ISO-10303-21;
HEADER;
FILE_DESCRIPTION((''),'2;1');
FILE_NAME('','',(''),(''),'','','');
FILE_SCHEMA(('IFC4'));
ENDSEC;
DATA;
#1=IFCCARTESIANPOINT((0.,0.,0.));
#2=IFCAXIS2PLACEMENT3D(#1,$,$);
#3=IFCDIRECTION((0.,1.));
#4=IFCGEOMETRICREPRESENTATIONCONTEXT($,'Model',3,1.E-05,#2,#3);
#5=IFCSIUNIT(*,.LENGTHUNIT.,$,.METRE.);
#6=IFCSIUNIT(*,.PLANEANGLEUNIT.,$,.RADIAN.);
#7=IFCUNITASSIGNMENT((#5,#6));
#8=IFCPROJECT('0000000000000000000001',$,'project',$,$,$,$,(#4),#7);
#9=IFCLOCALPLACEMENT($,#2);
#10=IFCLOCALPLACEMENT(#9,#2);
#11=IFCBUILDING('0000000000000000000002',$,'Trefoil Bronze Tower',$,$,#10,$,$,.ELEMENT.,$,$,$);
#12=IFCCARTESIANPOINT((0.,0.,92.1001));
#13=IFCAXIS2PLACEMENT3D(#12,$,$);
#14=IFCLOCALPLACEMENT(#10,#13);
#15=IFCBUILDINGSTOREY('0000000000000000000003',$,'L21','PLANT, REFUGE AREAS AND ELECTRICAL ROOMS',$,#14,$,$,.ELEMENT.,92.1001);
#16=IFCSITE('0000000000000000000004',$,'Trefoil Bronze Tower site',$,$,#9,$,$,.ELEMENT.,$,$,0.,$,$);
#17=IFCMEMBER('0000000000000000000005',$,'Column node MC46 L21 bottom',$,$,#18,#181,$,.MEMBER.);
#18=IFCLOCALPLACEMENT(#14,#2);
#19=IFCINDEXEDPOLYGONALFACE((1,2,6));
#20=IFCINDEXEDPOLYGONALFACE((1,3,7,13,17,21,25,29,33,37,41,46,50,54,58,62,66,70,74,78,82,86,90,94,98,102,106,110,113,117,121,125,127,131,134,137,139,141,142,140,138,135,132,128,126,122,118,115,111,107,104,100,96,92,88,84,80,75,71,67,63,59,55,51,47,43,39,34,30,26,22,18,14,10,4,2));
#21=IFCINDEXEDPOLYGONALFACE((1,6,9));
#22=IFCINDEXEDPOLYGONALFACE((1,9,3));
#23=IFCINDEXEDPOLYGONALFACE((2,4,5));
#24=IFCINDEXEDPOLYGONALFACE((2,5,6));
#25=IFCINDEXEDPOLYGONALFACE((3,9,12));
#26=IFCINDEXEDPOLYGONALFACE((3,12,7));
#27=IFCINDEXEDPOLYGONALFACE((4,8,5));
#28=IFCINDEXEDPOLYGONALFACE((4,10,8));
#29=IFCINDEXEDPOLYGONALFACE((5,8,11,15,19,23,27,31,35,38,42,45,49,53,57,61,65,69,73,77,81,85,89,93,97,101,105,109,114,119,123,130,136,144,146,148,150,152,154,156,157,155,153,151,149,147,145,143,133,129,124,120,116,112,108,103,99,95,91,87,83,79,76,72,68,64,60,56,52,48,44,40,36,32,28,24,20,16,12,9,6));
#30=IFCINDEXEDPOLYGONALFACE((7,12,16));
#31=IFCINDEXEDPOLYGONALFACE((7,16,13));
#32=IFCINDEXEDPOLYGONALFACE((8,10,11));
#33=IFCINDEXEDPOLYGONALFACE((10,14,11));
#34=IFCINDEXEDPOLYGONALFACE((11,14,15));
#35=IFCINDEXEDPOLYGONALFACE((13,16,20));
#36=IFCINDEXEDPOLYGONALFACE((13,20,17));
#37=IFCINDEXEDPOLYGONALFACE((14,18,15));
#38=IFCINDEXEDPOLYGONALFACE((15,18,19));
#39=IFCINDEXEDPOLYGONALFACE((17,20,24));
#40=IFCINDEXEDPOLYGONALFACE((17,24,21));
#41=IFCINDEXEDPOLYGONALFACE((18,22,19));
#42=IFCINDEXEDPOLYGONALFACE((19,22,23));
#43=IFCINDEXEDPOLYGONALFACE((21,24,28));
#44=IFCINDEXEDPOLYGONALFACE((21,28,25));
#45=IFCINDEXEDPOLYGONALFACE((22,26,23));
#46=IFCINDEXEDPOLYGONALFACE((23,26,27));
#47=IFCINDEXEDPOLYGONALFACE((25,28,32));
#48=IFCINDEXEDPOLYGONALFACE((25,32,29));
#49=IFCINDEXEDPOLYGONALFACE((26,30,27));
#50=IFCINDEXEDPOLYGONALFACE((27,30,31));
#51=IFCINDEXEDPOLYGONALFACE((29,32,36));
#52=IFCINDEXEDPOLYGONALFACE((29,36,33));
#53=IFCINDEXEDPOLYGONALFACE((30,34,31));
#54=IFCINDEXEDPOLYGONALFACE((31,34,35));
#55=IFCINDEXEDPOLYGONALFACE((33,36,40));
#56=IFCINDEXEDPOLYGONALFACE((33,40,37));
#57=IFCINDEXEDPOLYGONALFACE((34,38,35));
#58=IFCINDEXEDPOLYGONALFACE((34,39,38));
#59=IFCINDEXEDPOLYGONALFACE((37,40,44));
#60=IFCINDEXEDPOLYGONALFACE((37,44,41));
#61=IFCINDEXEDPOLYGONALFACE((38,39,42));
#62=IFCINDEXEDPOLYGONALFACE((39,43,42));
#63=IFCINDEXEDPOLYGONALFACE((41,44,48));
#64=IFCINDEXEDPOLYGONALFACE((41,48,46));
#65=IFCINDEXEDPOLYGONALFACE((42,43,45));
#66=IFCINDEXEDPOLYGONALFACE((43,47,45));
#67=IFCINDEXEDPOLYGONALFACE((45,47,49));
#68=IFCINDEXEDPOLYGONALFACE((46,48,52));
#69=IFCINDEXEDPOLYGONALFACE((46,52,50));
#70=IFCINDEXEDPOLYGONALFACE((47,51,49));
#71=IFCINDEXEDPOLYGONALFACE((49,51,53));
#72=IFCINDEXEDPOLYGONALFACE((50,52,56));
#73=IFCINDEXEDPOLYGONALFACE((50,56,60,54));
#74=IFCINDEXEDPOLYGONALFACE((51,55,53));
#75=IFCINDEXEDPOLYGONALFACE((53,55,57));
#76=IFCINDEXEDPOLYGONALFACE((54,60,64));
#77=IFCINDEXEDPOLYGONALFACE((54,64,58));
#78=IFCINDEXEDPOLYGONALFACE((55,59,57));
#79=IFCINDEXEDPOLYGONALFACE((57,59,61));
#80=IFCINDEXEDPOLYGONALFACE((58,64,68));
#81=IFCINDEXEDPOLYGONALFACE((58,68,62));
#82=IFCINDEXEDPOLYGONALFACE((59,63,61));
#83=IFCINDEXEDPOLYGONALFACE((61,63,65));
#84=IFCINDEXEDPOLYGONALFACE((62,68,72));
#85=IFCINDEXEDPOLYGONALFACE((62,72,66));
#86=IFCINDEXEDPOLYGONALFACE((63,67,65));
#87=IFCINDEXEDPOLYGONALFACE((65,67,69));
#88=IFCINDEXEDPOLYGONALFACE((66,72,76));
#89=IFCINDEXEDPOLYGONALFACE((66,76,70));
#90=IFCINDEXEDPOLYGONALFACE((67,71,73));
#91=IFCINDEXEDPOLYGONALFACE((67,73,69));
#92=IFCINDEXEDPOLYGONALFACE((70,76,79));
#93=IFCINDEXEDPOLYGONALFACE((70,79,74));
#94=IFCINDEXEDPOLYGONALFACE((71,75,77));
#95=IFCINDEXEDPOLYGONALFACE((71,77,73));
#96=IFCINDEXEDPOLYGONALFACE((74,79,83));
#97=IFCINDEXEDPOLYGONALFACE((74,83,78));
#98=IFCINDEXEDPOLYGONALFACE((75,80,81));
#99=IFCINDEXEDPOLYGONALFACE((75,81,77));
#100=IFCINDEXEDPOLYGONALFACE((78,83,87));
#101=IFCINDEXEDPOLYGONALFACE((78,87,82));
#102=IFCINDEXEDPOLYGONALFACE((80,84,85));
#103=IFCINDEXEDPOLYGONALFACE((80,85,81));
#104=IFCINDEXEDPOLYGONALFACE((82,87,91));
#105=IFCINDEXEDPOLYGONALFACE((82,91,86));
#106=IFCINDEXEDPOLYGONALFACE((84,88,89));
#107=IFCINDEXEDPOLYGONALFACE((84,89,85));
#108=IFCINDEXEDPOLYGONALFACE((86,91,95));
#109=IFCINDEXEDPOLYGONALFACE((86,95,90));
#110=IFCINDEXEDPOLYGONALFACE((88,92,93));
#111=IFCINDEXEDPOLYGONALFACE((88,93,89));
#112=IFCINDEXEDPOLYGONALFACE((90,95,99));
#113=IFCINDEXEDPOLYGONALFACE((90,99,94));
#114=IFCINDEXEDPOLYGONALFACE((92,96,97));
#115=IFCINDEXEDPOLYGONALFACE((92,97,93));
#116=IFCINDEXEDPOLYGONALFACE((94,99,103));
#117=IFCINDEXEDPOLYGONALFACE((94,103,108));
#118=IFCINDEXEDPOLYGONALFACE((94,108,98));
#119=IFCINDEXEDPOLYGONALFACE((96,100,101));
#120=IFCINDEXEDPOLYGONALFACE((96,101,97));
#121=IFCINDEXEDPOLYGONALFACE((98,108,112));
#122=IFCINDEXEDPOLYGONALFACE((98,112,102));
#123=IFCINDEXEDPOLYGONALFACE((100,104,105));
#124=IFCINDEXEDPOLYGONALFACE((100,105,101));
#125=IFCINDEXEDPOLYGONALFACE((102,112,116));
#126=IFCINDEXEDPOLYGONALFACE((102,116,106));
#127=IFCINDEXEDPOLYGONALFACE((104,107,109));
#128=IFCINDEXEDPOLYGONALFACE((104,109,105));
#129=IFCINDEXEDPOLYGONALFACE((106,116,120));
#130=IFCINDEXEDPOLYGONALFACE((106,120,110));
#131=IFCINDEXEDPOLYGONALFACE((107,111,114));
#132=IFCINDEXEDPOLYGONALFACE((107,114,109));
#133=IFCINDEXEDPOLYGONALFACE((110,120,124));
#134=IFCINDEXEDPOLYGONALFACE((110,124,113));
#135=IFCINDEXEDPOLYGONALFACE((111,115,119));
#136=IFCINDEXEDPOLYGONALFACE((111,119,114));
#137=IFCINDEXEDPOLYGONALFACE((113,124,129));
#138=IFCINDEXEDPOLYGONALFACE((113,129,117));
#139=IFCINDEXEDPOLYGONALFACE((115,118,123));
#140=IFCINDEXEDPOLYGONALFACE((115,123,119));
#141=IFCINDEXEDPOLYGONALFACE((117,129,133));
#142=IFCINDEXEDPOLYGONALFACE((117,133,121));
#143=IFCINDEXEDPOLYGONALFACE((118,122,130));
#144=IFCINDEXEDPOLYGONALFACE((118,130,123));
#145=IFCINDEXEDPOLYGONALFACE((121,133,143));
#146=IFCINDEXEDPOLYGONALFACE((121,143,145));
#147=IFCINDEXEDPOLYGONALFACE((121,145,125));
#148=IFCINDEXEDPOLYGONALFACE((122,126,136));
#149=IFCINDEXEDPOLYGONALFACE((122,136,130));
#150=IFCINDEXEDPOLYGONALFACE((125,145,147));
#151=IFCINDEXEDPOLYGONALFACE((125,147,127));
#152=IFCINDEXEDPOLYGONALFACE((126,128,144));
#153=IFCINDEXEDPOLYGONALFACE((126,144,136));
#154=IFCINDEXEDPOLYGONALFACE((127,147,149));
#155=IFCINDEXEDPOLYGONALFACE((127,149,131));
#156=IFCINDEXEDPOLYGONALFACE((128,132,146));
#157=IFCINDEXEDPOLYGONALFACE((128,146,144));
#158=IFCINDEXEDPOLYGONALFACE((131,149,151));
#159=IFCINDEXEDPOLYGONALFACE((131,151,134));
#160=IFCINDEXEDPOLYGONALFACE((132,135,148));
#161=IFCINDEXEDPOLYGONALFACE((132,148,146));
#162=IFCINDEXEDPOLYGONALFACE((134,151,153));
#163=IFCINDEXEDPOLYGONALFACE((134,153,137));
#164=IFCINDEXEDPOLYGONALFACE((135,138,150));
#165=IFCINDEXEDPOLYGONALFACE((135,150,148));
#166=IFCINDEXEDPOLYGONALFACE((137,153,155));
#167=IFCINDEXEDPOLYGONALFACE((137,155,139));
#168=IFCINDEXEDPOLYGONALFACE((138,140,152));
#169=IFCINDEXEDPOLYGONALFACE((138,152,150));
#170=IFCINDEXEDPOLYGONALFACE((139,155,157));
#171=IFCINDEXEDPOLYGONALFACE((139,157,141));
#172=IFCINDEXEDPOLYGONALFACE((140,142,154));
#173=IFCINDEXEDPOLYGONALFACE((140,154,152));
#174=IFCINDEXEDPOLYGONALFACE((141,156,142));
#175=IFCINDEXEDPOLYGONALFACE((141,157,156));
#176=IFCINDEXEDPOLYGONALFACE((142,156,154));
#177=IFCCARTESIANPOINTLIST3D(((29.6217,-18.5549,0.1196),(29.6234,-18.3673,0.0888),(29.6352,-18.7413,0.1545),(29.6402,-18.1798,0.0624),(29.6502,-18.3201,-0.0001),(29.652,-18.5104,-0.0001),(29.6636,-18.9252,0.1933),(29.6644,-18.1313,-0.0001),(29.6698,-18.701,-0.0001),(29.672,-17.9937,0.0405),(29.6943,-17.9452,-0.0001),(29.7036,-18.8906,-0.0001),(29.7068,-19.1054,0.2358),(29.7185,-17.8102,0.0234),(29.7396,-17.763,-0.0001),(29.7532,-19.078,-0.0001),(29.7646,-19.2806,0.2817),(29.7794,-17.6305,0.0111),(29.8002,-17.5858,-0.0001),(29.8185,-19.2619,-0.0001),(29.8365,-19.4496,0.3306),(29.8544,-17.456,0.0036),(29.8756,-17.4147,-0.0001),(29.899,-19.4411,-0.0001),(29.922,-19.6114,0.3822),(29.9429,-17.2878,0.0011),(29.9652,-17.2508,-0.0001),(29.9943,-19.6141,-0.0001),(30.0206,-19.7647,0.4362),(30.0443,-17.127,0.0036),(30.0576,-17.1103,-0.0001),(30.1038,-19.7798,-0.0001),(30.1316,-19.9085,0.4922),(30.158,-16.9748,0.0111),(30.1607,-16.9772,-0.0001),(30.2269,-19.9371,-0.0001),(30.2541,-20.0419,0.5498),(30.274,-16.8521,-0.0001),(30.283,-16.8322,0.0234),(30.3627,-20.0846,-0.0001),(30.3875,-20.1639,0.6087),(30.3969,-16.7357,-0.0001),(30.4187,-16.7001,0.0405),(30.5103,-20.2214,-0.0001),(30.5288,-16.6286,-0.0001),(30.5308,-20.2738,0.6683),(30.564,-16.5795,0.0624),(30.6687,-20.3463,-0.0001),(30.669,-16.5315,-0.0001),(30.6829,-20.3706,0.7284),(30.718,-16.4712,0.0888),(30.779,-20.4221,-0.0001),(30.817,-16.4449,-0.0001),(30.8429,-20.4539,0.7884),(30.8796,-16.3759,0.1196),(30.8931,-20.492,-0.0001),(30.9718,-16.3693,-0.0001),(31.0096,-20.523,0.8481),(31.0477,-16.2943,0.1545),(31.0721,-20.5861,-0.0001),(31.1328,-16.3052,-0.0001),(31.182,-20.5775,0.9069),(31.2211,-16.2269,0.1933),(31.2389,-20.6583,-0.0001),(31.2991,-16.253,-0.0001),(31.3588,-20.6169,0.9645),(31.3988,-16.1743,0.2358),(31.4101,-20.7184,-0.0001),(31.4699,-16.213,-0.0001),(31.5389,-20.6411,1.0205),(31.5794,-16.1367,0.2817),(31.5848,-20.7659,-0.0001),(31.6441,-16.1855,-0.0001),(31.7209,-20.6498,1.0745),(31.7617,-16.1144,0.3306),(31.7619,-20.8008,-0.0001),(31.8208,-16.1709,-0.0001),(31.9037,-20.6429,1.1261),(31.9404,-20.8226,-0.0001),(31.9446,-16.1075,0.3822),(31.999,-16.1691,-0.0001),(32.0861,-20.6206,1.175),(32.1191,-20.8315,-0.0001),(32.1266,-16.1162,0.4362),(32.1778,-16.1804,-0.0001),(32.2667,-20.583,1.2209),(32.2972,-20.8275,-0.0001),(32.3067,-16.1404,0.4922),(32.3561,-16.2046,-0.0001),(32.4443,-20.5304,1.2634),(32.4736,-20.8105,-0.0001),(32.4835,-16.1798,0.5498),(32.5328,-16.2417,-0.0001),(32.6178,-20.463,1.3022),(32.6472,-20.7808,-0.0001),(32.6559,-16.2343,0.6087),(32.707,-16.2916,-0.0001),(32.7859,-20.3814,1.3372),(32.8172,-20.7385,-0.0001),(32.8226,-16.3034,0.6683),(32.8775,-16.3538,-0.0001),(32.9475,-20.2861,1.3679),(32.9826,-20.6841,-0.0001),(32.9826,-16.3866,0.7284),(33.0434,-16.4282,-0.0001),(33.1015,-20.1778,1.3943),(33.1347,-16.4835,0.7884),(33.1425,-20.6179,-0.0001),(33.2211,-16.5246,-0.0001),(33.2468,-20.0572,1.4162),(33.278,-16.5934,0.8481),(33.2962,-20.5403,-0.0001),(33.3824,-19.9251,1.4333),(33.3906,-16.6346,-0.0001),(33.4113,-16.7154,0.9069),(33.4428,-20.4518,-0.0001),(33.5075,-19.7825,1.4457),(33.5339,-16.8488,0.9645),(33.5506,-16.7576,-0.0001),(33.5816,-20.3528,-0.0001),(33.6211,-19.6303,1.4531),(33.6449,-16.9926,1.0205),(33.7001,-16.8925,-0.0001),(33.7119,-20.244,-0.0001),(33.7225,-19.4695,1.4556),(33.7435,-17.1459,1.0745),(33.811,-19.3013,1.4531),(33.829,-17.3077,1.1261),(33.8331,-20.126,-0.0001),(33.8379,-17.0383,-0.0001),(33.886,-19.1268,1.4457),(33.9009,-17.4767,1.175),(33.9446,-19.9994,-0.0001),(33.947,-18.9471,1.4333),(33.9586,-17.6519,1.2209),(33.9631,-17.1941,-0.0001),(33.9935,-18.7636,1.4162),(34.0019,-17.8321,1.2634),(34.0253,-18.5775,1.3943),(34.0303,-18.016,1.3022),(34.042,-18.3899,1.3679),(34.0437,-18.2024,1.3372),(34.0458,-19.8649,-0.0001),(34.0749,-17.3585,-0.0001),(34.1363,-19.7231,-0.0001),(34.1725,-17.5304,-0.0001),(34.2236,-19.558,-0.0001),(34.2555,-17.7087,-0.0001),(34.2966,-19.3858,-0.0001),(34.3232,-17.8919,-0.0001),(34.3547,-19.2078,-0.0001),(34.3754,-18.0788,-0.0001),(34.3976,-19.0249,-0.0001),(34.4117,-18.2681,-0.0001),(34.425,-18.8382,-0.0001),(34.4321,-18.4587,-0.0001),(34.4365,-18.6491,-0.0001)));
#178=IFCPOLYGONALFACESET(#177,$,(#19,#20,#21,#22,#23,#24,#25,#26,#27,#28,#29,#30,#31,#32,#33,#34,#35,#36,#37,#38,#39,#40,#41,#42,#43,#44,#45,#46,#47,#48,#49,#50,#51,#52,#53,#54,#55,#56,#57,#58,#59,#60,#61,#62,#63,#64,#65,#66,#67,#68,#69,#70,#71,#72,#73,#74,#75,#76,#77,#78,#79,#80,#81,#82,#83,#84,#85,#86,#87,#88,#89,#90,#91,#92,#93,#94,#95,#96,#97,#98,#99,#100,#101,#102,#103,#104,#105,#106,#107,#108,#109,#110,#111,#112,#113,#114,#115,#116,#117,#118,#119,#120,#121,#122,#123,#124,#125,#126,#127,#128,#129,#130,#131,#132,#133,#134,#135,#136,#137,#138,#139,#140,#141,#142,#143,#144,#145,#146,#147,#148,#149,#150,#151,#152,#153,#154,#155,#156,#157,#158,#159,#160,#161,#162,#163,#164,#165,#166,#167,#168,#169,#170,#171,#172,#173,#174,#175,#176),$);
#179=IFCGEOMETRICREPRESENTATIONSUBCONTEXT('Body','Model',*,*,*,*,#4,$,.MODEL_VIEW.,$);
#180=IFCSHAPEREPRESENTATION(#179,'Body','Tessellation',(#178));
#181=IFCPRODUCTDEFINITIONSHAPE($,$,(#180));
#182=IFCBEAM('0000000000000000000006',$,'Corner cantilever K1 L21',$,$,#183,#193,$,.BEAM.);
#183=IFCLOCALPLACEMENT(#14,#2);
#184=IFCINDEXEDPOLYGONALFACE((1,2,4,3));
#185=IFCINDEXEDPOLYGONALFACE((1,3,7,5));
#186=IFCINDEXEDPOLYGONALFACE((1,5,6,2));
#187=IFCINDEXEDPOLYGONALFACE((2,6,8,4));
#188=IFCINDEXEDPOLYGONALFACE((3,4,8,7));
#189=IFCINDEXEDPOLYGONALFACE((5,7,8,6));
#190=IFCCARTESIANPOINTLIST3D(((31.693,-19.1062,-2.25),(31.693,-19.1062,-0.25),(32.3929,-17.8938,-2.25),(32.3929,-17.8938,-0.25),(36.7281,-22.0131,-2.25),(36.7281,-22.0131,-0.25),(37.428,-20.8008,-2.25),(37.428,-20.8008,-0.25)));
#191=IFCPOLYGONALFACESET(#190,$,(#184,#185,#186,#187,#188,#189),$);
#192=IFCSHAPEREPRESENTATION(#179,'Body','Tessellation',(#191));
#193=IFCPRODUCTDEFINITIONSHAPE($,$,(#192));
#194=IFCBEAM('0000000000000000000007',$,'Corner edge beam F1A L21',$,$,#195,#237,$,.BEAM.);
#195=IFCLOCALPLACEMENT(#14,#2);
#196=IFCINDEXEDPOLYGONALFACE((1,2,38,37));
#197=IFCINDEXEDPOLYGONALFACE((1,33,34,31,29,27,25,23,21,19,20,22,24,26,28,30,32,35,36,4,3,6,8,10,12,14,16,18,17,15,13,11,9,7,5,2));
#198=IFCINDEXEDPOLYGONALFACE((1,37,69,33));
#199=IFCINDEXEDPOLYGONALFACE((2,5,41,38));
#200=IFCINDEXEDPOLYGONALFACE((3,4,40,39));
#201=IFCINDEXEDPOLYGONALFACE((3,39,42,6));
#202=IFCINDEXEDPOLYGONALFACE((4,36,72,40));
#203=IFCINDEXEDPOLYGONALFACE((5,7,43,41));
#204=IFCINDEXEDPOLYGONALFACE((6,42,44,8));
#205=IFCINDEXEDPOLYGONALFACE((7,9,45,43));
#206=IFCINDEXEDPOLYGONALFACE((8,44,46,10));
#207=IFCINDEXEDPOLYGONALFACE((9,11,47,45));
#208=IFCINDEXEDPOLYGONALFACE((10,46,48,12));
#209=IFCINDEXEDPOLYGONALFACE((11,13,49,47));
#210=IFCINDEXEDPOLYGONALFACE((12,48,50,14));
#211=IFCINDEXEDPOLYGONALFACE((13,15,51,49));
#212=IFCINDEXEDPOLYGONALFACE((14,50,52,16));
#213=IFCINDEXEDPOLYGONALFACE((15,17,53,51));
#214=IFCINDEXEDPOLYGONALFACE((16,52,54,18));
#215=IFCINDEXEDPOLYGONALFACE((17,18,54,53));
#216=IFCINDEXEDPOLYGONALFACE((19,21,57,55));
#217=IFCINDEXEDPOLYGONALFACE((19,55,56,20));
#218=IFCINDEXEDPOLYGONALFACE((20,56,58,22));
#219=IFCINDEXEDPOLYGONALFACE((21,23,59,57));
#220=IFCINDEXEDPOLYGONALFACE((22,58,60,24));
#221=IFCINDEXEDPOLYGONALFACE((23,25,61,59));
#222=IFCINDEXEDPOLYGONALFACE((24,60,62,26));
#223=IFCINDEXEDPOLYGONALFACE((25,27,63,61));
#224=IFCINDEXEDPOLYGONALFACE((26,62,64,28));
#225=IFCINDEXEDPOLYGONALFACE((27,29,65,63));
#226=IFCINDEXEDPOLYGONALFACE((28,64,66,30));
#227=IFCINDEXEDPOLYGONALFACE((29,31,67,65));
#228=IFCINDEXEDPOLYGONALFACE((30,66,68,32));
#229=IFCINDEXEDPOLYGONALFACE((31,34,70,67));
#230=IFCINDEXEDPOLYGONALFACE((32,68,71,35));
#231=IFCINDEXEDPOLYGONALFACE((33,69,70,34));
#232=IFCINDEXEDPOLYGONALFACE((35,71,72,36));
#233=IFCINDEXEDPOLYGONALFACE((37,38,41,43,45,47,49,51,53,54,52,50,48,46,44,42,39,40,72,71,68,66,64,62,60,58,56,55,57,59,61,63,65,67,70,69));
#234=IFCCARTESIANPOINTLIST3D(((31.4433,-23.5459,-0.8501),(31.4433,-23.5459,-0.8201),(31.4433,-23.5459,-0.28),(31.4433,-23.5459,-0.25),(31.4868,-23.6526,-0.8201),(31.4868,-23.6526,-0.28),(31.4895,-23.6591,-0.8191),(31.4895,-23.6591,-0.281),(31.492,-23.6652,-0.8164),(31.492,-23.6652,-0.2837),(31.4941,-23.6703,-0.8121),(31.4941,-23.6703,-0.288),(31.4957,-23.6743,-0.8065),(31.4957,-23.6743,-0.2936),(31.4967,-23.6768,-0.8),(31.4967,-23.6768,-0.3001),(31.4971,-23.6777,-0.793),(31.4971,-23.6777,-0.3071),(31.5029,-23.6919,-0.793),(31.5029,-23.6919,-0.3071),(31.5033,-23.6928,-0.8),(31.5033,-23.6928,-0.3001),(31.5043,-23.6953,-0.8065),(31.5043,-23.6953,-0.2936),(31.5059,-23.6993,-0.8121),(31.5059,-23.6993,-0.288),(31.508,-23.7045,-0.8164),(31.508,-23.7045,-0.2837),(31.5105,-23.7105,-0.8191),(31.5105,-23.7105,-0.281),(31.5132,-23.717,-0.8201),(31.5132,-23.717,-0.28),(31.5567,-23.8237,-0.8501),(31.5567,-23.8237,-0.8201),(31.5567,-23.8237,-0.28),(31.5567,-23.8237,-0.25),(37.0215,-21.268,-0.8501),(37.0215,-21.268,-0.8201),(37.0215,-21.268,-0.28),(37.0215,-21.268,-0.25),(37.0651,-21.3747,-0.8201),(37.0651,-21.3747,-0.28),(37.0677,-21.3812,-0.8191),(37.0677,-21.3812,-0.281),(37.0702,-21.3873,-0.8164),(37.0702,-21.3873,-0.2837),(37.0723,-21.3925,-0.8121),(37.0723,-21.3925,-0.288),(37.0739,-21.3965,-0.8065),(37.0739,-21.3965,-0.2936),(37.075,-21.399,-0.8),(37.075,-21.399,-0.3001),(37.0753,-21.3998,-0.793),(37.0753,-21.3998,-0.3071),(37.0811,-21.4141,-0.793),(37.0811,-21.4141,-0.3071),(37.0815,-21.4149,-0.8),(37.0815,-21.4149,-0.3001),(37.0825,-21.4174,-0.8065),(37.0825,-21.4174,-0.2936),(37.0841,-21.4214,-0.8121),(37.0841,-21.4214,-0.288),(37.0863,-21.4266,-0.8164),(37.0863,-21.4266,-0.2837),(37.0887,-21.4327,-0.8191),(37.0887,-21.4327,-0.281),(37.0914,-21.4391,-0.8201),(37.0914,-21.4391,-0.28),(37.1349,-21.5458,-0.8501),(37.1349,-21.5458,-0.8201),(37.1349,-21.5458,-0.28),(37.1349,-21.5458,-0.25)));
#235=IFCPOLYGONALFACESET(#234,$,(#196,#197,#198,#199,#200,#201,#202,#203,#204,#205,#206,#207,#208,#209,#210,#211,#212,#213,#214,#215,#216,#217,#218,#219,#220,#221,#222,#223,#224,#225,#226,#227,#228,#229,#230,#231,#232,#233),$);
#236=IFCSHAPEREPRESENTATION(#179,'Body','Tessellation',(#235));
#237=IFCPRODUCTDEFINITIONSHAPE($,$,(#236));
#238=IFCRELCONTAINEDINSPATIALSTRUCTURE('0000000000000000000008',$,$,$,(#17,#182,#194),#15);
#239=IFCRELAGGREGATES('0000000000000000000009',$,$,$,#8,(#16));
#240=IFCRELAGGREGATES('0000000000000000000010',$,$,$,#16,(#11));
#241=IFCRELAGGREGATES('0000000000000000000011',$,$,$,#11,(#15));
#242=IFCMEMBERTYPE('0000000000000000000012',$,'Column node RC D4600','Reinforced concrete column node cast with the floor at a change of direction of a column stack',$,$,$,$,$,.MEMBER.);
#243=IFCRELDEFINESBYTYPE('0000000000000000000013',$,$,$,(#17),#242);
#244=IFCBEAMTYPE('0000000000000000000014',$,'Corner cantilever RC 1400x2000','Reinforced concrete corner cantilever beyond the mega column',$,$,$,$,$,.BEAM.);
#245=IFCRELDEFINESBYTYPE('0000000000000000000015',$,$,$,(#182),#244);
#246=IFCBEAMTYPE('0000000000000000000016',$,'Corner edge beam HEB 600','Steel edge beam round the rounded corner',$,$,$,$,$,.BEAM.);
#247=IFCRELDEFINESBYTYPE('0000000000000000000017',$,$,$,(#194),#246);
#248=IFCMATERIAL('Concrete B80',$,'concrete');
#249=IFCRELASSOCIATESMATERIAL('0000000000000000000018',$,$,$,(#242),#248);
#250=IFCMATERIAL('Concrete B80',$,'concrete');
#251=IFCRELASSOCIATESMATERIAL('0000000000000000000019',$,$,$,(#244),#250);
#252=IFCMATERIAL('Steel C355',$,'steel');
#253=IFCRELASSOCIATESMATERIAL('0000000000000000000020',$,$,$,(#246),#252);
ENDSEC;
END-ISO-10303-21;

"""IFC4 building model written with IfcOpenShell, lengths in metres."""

from ifc_helpers import new_model, si_unit, direction, frame, origin, origin_2d, place, context, subcontext, project, spatial, rectangle, circle, i_section, extrude, clip, halfspace, material, material_profile, profile_set, type_object, element, save


model = new_model("IFC4")

# Units and contexts
model_context = context("Model", 3, precision=1e-05, world=origin(), true_north=direction((0.0, 1.0)))
body_context = subcontext(model_context, "Body", "Model", "MODEL_VIEW")
ifc_project = project(units=[si_unit("LENGTHUNIT", "METRE"), si_unit("PLANEANGLEUNIT", "RADIAN")], contexts=[model_context])

# Site, building, storey
site_placement = place(None, origin())
site = spatial("IfcSite", under=ifc_project, at=site_placement, Name="Trefoil Bronze Tower site", CompositionType="ELEMENT", RefElevation=0.0)
building_placement = place(site_placement, origin())
building = spatial("IfcBuilding", under=site, at=building_placement, Name="Trefoil Bronze Tower", CompositionType="ELEMENT")
storey_placement = place(building_placement, frame((0.0, 0.0, 92.1001)))
storey = spatial("IfcBuildingStorey", under=building, at=storey_placement, Name="L21", Description="PLANT, REFUGE AREAS AND ELECTRICAL ROOMS", CompositionType="ELEMENT", Elevation=92.1001)

# Member
ifc_material_1 = material(Name="Concrete B80", Category="concrete")
ifc_material_profile_1 = material_profile(ifc_material_1, circle(Radius=2.3, at=origin_2d()), Name="RC D4600")
ifc_profile_set_1 = profile_set([ifc_material_profile_1], Name="Concrete B80")
member_type = type_object("IfcMemberType", Name="Column node RC D4600", Description="Reinforced concrete column node cast with the floor at a change of direction of a column stack", PredefinedType="MEMBER", material=ifc_profile_set_1)
member_1_placement = place(storey_placement, frame((32.2532, -18.6213, -0.7283), z_axis=(-0.273829, 0.158064, 0.948701), x_axis=(-0.499926, -0.866068, 0.0)))
element("IfcMember", 1, at=member_1_placement, inside=storey, type_object=member_type, Name="Column node MC46 L21 bottom", PredefinedType="MEMBER", context=body_context, shape_type="Clipping", body=[
    clip(extrude(circle(Radius=2.3, at=origin_2d()), origin(), (0.0, 0.0, 1.0), 1.5354), halfspace(frame((0.0, 0.0, 0.7676), z_axis=(0.0, 0.316175, 0.948701), x_axis=(0.0, 0.948701, -0.316175)), True)),
])

# Beams
ifc_material_2 = material(Name="Concrete B80", Category="concrete")
ifc_material_profile_2 = material_profile(ifc_material_2, rectangle(XDim=1.3999, YDim=2.0, at=origin_2d()), Name="RC 1400x2000")
ifc_profile_set_2 = profile_set([ifc_material_profile_2], Name="Concrete B80")
beam_type_1 = type_object("IfcBeamType", Name="Corner cantilever RC 1400x2000", Description="Reinforced concrete corner cantilever beyond the mega column", PredefinedType="BEAM", material=ifc_profile_set_2)
beam_1_placement = place(storey_placement, frame((32.043, -18.5, -1.25), z_axis=(0.86603, -0.499991, 0.0), x_axis=(0.499991, 0.86603, 0.0)))
element("IfcBeam", 2, at=beam_1_placement, inside=storey, type_object=beam_type_1, Name="Corner cantilever K1 L21", PredefinedType="BEAM", context=body_context, shape_type="SweptSolid", body=[
    extrude(rectangle(XDim=1.3999, YDim=2.0, at=origin_2d()), origin(), (0.0, 0.0, 1.0), 5.814),
])
ifc_material_3 = material(Name="Steel C355", Category="steel")
ifc_material_profile_3 = material_profile(ifc_material_3, i_section(OverallWidth=0.3, OverallDepth=0.6001, WebThickness=0.0154, FlangeThickness=0.03, FilletRadius=0.0271, at=origin_2d()), Name="HEB 600")
ifc_profile_set_3 = profile_set([ifc_material_profile_3], Name="Steel C355")
beam_type_2 = type_object("IfcBeamType", Name="Corner edge beam HEB 600", Description="Steel edge beam round the rounded corner", PredefinedType="BEAM", material=ifc_profile_set_3)
beam_2_placement = place(storey_placement, frame((31.5, -23.6848, -0.55), z_axis=(0.925787, 0.378046, 0.0), x_axis=(-0.378046, 0.925787, 0.0)))
element("IfcBeam", 3, at=beam_2_placement, inside=storey, type_object=beam_type_2, Name="Corner edge beam F1A L21", PredefinedType="BEAM", context=body_context, shape_type="SweptSolid", body=[
    extrude(i_section(OverallWidth=0.3, OverallDepth=0.6001, WebThickness=0.0154, FlangeThickness=0.03, FilletRadius=0.0271, at=origin_2d()), origin(), (0.0, 0.0, 1.0), 6.0254),
])

save(model, "model.ifc")
